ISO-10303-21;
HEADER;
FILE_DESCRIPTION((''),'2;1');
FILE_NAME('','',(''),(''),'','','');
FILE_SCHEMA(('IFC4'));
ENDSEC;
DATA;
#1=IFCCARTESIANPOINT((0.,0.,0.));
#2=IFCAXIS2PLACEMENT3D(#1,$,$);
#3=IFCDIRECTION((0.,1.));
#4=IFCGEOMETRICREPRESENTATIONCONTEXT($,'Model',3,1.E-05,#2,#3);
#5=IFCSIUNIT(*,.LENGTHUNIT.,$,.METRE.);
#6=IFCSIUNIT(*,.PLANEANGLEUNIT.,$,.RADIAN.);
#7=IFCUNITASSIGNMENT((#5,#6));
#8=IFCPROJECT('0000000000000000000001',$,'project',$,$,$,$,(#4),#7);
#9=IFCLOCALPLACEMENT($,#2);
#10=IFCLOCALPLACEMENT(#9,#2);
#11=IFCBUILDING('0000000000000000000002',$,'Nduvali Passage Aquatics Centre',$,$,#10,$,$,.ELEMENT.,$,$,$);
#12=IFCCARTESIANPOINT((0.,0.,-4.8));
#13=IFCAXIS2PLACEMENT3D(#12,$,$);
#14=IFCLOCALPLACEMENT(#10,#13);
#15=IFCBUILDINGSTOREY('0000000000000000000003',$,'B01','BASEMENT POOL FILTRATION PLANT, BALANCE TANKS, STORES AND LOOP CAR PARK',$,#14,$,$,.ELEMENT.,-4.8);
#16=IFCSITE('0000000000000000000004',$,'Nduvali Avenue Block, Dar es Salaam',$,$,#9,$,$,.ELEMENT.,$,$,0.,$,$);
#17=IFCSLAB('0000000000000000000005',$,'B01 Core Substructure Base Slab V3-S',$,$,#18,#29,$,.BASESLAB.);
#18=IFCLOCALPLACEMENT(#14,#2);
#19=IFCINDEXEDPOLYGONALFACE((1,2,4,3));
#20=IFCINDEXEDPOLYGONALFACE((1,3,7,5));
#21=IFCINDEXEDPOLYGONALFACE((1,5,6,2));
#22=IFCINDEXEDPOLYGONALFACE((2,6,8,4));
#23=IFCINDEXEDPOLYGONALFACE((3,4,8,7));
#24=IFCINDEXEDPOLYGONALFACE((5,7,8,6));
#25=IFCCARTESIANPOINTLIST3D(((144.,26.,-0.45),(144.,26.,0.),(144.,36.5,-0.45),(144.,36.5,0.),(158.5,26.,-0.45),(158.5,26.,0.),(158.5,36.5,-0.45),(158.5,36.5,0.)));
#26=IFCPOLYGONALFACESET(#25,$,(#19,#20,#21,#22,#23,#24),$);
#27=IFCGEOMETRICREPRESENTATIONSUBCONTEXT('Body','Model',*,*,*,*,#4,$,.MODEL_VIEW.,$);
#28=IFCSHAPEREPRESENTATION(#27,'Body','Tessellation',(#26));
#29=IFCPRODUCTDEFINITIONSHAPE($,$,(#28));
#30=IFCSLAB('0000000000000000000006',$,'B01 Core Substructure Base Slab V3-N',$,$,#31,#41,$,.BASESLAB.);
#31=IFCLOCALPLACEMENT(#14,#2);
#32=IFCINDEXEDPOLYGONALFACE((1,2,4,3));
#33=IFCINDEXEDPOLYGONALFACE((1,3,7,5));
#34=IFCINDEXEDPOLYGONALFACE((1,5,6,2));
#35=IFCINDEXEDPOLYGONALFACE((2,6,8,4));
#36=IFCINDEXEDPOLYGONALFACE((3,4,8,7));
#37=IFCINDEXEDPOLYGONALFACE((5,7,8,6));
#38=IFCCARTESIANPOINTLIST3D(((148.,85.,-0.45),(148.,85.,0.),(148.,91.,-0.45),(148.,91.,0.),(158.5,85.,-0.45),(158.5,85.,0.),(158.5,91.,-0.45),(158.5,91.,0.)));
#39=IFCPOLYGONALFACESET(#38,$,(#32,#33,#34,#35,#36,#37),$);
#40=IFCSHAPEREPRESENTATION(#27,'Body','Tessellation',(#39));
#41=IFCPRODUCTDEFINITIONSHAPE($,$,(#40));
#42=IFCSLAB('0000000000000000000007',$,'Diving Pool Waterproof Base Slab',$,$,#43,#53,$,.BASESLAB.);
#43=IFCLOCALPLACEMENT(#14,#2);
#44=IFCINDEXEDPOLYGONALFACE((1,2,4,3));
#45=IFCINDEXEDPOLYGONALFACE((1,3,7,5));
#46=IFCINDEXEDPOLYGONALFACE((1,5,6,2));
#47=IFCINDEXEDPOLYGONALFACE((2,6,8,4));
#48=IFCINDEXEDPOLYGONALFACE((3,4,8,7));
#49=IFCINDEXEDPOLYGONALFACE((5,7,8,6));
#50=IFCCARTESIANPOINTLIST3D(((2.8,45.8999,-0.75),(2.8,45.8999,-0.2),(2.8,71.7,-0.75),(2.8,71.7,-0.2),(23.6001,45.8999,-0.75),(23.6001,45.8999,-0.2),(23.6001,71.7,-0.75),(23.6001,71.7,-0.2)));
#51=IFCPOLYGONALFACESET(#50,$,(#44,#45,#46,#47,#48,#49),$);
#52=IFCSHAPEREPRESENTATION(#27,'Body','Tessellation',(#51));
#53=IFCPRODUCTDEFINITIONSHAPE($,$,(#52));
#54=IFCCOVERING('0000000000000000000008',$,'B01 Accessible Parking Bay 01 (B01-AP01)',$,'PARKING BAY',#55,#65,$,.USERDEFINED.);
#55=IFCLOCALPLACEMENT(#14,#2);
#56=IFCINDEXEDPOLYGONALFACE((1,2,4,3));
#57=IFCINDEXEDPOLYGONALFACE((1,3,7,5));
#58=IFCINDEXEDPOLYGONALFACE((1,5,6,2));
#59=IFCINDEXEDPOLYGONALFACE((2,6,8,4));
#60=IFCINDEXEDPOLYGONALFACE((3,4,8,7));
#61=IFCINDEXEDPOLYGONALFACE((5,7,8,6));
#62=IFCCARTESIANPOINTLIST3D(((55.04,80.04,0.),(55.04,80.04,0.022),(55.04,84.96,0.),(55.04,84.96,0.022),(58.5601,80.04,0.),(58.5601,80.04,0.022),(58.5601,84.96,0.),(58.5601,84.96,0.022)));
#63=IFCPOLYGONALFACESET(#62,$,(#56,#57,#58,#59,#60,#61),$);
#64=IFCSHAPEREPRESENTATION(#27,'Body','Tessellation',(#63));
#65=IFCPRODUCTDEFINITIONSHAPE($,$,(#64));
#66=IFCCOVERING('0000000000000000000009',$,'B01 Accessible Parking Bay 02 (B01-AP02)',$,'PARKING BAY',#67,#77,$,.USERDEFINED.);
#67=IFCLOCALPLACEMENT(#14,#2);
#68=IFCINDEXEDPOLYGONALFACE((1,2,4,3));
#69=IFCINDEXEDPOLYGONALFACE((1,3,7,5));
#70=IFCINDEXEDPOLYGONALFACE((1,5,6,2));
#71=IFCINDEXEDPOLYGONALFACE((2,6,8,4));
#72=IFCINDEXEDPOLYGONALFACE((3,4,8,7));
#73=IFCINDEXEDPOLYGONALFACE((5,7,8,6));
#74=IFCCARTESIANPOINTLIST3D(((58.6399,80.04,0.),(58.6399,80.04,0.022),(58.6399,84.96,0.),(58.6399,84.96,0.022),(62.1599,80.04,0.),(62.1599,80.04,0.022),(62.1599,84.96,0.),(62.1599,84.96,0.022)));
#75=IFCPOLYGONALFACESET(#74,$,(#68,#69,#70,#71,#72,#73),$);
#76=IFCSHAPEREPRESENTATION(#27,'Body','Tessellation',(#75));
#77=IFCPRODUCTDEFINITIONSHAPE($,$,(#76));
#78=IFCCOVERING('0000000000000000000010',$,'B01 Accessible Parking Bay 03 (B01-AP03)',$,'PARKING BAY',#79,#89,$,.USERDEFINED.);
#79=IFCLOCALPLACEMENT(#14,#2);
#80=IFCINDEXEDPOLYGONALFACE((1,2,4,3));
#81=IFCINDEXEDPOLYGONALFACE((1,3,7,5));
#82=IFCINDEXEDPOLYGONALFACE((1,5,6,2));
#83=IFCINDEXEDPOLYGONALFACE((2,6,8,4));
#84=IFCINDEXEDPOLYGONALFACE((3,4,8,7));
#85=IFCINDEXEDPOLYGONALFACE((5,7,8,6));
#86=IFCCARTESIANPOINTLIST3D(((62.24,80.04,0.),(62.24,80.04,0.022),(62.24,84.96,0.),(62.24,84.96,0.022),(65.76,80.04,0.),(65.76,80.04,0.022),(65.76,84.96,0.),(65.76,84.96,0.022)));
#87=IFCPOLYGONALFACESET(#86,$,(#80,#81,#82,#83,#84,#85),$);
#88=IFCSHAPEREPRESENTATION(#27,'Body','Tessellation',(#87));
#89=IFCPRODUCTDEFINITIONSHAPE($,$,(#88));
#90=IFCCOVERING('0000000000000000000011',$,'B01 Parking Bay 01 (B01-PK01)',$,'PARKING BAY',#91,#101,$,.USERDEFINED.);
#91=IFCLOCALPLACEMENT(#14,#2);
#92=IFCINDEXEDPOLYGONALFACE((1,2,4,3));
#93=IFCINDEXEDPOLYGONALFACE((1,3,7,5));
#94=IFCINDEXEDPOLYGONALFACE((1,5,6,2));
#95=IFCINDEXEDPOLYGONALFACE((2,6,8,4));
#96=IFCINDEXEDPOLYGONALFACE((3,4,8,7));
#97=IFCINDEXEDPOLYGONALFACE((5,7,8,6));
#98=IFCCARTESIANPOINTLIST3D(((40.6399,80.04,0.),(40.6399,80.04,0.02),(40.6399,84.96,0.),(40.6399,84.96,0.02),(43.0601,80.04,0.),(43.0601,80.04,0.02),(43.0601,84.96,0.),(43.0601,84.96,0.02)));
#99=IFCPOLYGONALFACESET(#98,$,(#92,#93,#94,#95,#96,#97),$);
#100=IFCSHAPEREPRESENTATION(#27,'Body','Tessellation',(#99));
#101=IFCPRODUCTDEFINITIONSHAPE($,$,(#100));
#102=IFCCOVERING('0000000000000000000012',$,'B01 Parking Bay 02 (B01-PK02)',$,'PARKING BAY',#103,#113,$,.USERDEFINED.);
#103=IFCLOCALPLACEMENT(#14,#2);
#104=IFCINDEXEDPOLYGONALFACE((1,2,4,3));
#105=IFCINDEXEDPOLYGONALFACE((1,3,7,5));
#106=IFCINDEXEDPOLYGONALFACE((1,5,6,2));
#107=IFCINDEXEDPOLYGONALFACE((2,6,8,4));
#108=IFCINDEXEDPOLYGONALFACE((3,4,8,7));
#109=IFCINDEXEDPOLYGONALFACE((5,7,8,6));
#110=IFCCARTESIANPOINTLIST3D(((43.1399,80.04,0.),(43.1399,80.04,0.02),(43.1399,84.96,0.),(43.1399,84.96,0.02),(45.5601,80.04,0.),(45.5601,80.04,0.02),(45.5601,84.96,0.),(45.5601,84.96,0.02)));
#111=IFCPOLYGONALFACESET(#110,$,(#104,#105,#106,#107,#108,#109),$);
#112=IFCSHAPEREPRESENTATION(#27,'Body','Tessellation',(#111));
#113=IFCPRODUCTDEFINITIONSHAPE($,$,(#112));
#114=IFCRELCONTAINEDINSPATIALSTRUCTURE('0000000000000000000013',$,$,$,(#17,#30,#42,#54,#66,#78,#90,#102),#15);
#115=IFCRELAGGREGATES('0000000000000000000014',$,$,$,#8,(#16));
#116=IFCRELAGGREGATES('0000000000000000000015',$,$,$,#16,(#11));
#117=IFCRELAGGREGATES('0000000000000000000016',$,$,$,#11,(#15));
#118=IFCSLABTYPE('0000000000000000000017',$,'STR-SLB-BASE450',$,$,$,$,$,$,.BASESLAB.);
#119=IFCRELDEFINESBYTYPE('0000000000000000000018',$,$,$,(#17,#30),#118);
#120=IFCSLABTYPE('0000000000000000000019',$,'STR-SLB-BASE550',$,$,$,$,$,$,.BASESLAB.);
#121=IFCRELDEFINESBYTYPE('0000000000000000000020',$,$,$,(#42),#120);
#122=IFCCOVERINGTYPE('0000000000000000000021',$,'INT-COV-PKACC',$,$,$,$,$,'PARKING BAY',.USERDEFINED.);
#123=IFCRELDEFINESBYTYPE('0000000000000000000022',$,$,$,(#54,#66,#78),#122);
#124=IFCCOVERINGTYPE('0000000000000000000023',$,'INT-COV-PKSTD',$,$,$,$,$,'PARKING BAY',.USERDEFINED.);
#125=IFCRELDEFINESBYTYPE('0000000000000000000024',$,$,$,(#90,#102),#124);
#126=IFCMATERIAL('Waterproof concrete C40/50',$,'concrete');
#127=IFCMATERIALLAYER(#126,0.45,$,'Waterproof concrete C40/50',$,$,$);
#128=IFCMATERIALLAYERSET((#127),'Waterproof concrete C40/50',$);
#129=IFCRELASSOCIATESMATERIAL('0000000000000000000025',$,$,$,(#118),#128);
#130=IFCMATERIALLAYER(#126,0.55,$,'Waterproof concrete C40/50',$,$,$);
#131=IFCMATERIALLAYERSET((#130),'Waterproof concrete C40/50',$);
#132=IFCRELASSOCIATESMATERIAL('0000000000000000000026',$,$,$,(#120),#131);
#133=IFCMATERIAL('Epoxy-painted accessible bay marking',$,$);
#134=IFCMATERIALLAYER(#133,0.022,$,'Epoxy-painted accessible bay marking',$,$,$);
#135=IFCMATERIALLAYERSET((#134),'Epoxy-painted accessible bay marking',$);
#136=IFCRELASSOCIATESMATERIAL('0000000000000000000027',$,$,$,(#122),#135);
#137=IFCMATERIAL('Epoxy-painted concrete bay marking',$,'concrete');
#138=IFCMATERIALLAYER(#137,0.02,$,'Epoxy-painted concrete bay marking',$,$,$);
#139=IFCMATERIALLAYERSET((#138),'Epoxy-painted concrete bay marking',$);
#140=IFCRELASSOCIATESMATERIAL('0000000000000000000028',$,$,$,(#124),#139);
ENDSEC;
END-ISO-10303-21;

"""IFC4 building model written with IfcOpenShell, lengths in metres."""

from ifc_helpers import new_model, si_unit, direction, frame, origin, place, context, subcontext, project, spatial, polyline, outline, extrude, material, layer, layer_set, type_object, element, save


model = new_model("IFC4")

# Units and contexts
model_context = context("Model", 3, precision=1e-05, world=origin(), true_north=direction((0.0, 1.0)))
body_context = subcontext(model_context, "Body", "Model", "MODEL_VIEW")
ifc_project = project(units=[si_unit("LENGTHUNIT", "METRE"), si_unit("PLANEANGLEUNIT", "RADIAN")], contexts=[model_context])

# Site, building, storey
site_placement = place(None, origin())
site = spatial("IfcSite", under=ifc_project, at=site_placement, Name="Nduvali Avenue Block, Dar es Salaam", CompositionType="ELEMENT", RefElevation=0.0)
building_placement = place(site_placement, origin())
building = spatial("IfcBuilding", under=site, at=building_placement, Name="Nduvali Passage Aquatics Centre", CompositionType="ELEMENT")
storey_placement = place(building_placement, frame((0.0, 0.0, -4.8)))
storey = spatial("IfcBuildingStorey", under=building, at=storey_placement, Name="B01", Description="BASEMENT POOL FILTRATION PLANT, BALANCE TANKS, STORES AND LOOP CAR PARK", CompositionType="ELEMENT", Elevation=-4.8)

# Slabs
ifc_material_1 = material(Name="Waterproof concrete C40/50", Category="concrete")
ifc_layer_1 = layer(ifc_material_1, 0.45, Name="Waterproof concrete C40/50")
ifc_layer_set_1 = layer_set([ifc_layer_1], Name="Waterproof concrete C40/50")
slab_type_1 = type_object("IfcSlabType", Name="STR-SLB-BASE450", PredefinedType="BASESLAB", material=ifc_layer_set_1)
slab_1_placement = place(storey_placement, frame((0.0, 0.0, -0.45)))
element("IfcSlab", 1, at=slab_1_placement, inside=storey, type_object=slab_type_1, Name="B01 Core Substructure Base Slab V3-S", PredefinedType="BASESLAB", context=body_context, shape_type="SweptSolid", body=[
    extrude(outline(polyline([(144.0, 26.0), (158.5, 26.0), (158.5, 36.5), (144.0, 36.5), (144.0, 26.0)])), origin(), (0.0, 0.0, 1.0), 0.45),
])
slab_2_placement = place(storey_placement, frame((0.0, 0.0, -0.45)))
element("IfcSlab", 2, at=slab_2_placement, inside=storey, type_object=slab_type_1, Name="B01 Core Substructure Base Slab V3-N", PredefinedType="BASESLAB", context=body_context, shape_type="SweptSolid", body=[
    extrude(outline(polyline([(148.0, 85.0), (158.5, 85.0), (158.5, 91.0), (148.0, 91.0), (148.0, 85.0)])), origin(), (0.0, 0.0, 1.0), 0.45),
])
ifc_layer_2 = layer(ifc_material_1, 0.55, Name="Waterproof concrete C40/50")
ifc_layer_set_2 = layer_set([ifc_layer_2], Name="Waterproof concrete C40/50")
slab_type_2 = type_object("IfcSlabType", Name="STR-SLB-BASE550", PredefinedType="BASESLAB", material=ifc_layer_set_2)
slab_3_placement = place(storey_placement, frame((0.0, 0.0, -0.75)))
element("IfcSlab", 3, at=slab_3_placement, inside=storey, type_object=slab_type_2, Name="Diving Pool Waterproof Base Slab", PredefinedType="BASESLAB", context=body_context, shape_type="SweptSolid", body=[
    extrude(outline(polyline([(2.8, 45.8999), (23.6001, 45.8999), (23.6001, 71.7), (2.8, 71.7), (2.8, 45.8999)])), origin(), (0.0, 0.0, 1.0), 0.55),
])

# Coverings
ifc_material_2 = material(Name="Epoxy-painted accessible bay marking")
ifc_layer_3 = layer(ifc_material_2, 0.022, Name="Epoxy-painted accessible bay marking")
ifc_layer_set_3 = layer_set([ifc_layer_3], Name="Epoxy-painted accessible bay marking")
covering_type_1 = type_object("IfcCoveringType", Name="INT-COV-PKACC", ElementType="PARKING BAY", PredefinedType="USERDEFINED", material=ifc_layer_set_3)
covering_1_placement = place(storey_placement, origin())
element("IfcCovering", 4, at=covering_1_placement, inside=storey, type_object=covering_type_1, Name="B01 Accessible Parking Bay 01 (B01-AP01)", ObjectType="PARKING BAY", PredefinedType="USERDEFINED", context=body_context, shape_type="SweptSolid", body=[
    extrude(outline(polyline([(55.04, 80.04), (58.5601, 80.04), (58.5601, 84.96), (55.04, 84.96), (55.04, 80.04)])), origin(), (0.0, 0.0, 1.0), 0.022),
])
covering_2_placement = place(storey_placement, origin())
element("IfcCovering", 5, at=covering_2_placement, inside=storey, type_object=covering_type_1, Name="B01 Accessible Parking Bay 02 (B01-AP02)", ObjectType="PARKING BAY", PredefinedType="USERDEFINED", context=body_context, shape_type="SweptSolid", body=[
    extrude(outline(polyline([(58.6399, 80.04), (62.1599, 80.04), (62.1599, 84.96), (58.6399, 84.96), (58.6399, 80.04)])), origin(), (0.0, 0.0, 1.0), 0.022),
])
covering_3_placement = place(storey_placement, origin())
element("IfcCovering", 6, at=covering_3_placement, inside=storey, type_object=covering_type_1, Name="B01 Accessible Parking Bay 03 (B01-AP03)", ObjectType="PARKING BAY", PredefinedType="USERDEFINED", context=body_context, shape_type="SweptSolid", body=[
    extrude(outline(polyline([(62.24, 80.04), (65.76, 80.04), (65.76, 84.96), (62.24, 84.96), (62.24, 80.04)])), origin(), (0.0, 0.0, 1.0), 0.022),
])
ifc_material_3 = material(Name="Epoxy-painted concrete bay marking", Category="concrete")
ifc_layer_4 = layer(ifc_material_3, 0.02, Name="Epoxy-painted concrete bay marking")
ifc_layer_set_4 = layer_set([ifc_layer_4], Name="Epoxy-painted concrete bay marking")
covering_type_2 = type_object("IfcCoveringType", Name="INT-COV-PKSTD", ElementType="PARKING BAY", PredefinedType="USERDEFINED", material=ifc_layer_set_4)
covering_4_placement = place(storey_placement, origin())
element("IfcCovering", 7, at=covering_4_placement, inside=storey, type_object=covering_type_2, Name="B01 Parking Bay 01 (B01-PK01)", ObjectType="PARKING BAY", PredefinedType="USERDEFINED", context=body_context, shape_type="SweptSolid", body=[
    extrude(outline(polyline([(40.6399, 80.04), (43.0601, 80.04), (43.0601, 84.96), (40.6399, 84.96), (40.6399, 80.04)])), origin(), (0.0, 0.0, 1.0), 0.02),
])
covering_5_placement = place(storey_placement, origin())
element("IfcCovering", 8, at=covering_5_placement, inside=storey, type_object=covering_type_2, Name="B01 Parking Bay 02 (B01-PK02)", ObjectType="PARKING BAY", PredefinedType="USERDEFINED", context=body_context, shape_type="SweptSolid", body=[
    extrude(outline(polyline([(43.1399, 80.04), (45.5601, 80.04), (45.5601, 84.96), (43.1399, 84.96), (43.1399, 80.04)])), origin(), (0.0, 0.0, 1.0), 0.02),
])

save(model, "model.ifc")
